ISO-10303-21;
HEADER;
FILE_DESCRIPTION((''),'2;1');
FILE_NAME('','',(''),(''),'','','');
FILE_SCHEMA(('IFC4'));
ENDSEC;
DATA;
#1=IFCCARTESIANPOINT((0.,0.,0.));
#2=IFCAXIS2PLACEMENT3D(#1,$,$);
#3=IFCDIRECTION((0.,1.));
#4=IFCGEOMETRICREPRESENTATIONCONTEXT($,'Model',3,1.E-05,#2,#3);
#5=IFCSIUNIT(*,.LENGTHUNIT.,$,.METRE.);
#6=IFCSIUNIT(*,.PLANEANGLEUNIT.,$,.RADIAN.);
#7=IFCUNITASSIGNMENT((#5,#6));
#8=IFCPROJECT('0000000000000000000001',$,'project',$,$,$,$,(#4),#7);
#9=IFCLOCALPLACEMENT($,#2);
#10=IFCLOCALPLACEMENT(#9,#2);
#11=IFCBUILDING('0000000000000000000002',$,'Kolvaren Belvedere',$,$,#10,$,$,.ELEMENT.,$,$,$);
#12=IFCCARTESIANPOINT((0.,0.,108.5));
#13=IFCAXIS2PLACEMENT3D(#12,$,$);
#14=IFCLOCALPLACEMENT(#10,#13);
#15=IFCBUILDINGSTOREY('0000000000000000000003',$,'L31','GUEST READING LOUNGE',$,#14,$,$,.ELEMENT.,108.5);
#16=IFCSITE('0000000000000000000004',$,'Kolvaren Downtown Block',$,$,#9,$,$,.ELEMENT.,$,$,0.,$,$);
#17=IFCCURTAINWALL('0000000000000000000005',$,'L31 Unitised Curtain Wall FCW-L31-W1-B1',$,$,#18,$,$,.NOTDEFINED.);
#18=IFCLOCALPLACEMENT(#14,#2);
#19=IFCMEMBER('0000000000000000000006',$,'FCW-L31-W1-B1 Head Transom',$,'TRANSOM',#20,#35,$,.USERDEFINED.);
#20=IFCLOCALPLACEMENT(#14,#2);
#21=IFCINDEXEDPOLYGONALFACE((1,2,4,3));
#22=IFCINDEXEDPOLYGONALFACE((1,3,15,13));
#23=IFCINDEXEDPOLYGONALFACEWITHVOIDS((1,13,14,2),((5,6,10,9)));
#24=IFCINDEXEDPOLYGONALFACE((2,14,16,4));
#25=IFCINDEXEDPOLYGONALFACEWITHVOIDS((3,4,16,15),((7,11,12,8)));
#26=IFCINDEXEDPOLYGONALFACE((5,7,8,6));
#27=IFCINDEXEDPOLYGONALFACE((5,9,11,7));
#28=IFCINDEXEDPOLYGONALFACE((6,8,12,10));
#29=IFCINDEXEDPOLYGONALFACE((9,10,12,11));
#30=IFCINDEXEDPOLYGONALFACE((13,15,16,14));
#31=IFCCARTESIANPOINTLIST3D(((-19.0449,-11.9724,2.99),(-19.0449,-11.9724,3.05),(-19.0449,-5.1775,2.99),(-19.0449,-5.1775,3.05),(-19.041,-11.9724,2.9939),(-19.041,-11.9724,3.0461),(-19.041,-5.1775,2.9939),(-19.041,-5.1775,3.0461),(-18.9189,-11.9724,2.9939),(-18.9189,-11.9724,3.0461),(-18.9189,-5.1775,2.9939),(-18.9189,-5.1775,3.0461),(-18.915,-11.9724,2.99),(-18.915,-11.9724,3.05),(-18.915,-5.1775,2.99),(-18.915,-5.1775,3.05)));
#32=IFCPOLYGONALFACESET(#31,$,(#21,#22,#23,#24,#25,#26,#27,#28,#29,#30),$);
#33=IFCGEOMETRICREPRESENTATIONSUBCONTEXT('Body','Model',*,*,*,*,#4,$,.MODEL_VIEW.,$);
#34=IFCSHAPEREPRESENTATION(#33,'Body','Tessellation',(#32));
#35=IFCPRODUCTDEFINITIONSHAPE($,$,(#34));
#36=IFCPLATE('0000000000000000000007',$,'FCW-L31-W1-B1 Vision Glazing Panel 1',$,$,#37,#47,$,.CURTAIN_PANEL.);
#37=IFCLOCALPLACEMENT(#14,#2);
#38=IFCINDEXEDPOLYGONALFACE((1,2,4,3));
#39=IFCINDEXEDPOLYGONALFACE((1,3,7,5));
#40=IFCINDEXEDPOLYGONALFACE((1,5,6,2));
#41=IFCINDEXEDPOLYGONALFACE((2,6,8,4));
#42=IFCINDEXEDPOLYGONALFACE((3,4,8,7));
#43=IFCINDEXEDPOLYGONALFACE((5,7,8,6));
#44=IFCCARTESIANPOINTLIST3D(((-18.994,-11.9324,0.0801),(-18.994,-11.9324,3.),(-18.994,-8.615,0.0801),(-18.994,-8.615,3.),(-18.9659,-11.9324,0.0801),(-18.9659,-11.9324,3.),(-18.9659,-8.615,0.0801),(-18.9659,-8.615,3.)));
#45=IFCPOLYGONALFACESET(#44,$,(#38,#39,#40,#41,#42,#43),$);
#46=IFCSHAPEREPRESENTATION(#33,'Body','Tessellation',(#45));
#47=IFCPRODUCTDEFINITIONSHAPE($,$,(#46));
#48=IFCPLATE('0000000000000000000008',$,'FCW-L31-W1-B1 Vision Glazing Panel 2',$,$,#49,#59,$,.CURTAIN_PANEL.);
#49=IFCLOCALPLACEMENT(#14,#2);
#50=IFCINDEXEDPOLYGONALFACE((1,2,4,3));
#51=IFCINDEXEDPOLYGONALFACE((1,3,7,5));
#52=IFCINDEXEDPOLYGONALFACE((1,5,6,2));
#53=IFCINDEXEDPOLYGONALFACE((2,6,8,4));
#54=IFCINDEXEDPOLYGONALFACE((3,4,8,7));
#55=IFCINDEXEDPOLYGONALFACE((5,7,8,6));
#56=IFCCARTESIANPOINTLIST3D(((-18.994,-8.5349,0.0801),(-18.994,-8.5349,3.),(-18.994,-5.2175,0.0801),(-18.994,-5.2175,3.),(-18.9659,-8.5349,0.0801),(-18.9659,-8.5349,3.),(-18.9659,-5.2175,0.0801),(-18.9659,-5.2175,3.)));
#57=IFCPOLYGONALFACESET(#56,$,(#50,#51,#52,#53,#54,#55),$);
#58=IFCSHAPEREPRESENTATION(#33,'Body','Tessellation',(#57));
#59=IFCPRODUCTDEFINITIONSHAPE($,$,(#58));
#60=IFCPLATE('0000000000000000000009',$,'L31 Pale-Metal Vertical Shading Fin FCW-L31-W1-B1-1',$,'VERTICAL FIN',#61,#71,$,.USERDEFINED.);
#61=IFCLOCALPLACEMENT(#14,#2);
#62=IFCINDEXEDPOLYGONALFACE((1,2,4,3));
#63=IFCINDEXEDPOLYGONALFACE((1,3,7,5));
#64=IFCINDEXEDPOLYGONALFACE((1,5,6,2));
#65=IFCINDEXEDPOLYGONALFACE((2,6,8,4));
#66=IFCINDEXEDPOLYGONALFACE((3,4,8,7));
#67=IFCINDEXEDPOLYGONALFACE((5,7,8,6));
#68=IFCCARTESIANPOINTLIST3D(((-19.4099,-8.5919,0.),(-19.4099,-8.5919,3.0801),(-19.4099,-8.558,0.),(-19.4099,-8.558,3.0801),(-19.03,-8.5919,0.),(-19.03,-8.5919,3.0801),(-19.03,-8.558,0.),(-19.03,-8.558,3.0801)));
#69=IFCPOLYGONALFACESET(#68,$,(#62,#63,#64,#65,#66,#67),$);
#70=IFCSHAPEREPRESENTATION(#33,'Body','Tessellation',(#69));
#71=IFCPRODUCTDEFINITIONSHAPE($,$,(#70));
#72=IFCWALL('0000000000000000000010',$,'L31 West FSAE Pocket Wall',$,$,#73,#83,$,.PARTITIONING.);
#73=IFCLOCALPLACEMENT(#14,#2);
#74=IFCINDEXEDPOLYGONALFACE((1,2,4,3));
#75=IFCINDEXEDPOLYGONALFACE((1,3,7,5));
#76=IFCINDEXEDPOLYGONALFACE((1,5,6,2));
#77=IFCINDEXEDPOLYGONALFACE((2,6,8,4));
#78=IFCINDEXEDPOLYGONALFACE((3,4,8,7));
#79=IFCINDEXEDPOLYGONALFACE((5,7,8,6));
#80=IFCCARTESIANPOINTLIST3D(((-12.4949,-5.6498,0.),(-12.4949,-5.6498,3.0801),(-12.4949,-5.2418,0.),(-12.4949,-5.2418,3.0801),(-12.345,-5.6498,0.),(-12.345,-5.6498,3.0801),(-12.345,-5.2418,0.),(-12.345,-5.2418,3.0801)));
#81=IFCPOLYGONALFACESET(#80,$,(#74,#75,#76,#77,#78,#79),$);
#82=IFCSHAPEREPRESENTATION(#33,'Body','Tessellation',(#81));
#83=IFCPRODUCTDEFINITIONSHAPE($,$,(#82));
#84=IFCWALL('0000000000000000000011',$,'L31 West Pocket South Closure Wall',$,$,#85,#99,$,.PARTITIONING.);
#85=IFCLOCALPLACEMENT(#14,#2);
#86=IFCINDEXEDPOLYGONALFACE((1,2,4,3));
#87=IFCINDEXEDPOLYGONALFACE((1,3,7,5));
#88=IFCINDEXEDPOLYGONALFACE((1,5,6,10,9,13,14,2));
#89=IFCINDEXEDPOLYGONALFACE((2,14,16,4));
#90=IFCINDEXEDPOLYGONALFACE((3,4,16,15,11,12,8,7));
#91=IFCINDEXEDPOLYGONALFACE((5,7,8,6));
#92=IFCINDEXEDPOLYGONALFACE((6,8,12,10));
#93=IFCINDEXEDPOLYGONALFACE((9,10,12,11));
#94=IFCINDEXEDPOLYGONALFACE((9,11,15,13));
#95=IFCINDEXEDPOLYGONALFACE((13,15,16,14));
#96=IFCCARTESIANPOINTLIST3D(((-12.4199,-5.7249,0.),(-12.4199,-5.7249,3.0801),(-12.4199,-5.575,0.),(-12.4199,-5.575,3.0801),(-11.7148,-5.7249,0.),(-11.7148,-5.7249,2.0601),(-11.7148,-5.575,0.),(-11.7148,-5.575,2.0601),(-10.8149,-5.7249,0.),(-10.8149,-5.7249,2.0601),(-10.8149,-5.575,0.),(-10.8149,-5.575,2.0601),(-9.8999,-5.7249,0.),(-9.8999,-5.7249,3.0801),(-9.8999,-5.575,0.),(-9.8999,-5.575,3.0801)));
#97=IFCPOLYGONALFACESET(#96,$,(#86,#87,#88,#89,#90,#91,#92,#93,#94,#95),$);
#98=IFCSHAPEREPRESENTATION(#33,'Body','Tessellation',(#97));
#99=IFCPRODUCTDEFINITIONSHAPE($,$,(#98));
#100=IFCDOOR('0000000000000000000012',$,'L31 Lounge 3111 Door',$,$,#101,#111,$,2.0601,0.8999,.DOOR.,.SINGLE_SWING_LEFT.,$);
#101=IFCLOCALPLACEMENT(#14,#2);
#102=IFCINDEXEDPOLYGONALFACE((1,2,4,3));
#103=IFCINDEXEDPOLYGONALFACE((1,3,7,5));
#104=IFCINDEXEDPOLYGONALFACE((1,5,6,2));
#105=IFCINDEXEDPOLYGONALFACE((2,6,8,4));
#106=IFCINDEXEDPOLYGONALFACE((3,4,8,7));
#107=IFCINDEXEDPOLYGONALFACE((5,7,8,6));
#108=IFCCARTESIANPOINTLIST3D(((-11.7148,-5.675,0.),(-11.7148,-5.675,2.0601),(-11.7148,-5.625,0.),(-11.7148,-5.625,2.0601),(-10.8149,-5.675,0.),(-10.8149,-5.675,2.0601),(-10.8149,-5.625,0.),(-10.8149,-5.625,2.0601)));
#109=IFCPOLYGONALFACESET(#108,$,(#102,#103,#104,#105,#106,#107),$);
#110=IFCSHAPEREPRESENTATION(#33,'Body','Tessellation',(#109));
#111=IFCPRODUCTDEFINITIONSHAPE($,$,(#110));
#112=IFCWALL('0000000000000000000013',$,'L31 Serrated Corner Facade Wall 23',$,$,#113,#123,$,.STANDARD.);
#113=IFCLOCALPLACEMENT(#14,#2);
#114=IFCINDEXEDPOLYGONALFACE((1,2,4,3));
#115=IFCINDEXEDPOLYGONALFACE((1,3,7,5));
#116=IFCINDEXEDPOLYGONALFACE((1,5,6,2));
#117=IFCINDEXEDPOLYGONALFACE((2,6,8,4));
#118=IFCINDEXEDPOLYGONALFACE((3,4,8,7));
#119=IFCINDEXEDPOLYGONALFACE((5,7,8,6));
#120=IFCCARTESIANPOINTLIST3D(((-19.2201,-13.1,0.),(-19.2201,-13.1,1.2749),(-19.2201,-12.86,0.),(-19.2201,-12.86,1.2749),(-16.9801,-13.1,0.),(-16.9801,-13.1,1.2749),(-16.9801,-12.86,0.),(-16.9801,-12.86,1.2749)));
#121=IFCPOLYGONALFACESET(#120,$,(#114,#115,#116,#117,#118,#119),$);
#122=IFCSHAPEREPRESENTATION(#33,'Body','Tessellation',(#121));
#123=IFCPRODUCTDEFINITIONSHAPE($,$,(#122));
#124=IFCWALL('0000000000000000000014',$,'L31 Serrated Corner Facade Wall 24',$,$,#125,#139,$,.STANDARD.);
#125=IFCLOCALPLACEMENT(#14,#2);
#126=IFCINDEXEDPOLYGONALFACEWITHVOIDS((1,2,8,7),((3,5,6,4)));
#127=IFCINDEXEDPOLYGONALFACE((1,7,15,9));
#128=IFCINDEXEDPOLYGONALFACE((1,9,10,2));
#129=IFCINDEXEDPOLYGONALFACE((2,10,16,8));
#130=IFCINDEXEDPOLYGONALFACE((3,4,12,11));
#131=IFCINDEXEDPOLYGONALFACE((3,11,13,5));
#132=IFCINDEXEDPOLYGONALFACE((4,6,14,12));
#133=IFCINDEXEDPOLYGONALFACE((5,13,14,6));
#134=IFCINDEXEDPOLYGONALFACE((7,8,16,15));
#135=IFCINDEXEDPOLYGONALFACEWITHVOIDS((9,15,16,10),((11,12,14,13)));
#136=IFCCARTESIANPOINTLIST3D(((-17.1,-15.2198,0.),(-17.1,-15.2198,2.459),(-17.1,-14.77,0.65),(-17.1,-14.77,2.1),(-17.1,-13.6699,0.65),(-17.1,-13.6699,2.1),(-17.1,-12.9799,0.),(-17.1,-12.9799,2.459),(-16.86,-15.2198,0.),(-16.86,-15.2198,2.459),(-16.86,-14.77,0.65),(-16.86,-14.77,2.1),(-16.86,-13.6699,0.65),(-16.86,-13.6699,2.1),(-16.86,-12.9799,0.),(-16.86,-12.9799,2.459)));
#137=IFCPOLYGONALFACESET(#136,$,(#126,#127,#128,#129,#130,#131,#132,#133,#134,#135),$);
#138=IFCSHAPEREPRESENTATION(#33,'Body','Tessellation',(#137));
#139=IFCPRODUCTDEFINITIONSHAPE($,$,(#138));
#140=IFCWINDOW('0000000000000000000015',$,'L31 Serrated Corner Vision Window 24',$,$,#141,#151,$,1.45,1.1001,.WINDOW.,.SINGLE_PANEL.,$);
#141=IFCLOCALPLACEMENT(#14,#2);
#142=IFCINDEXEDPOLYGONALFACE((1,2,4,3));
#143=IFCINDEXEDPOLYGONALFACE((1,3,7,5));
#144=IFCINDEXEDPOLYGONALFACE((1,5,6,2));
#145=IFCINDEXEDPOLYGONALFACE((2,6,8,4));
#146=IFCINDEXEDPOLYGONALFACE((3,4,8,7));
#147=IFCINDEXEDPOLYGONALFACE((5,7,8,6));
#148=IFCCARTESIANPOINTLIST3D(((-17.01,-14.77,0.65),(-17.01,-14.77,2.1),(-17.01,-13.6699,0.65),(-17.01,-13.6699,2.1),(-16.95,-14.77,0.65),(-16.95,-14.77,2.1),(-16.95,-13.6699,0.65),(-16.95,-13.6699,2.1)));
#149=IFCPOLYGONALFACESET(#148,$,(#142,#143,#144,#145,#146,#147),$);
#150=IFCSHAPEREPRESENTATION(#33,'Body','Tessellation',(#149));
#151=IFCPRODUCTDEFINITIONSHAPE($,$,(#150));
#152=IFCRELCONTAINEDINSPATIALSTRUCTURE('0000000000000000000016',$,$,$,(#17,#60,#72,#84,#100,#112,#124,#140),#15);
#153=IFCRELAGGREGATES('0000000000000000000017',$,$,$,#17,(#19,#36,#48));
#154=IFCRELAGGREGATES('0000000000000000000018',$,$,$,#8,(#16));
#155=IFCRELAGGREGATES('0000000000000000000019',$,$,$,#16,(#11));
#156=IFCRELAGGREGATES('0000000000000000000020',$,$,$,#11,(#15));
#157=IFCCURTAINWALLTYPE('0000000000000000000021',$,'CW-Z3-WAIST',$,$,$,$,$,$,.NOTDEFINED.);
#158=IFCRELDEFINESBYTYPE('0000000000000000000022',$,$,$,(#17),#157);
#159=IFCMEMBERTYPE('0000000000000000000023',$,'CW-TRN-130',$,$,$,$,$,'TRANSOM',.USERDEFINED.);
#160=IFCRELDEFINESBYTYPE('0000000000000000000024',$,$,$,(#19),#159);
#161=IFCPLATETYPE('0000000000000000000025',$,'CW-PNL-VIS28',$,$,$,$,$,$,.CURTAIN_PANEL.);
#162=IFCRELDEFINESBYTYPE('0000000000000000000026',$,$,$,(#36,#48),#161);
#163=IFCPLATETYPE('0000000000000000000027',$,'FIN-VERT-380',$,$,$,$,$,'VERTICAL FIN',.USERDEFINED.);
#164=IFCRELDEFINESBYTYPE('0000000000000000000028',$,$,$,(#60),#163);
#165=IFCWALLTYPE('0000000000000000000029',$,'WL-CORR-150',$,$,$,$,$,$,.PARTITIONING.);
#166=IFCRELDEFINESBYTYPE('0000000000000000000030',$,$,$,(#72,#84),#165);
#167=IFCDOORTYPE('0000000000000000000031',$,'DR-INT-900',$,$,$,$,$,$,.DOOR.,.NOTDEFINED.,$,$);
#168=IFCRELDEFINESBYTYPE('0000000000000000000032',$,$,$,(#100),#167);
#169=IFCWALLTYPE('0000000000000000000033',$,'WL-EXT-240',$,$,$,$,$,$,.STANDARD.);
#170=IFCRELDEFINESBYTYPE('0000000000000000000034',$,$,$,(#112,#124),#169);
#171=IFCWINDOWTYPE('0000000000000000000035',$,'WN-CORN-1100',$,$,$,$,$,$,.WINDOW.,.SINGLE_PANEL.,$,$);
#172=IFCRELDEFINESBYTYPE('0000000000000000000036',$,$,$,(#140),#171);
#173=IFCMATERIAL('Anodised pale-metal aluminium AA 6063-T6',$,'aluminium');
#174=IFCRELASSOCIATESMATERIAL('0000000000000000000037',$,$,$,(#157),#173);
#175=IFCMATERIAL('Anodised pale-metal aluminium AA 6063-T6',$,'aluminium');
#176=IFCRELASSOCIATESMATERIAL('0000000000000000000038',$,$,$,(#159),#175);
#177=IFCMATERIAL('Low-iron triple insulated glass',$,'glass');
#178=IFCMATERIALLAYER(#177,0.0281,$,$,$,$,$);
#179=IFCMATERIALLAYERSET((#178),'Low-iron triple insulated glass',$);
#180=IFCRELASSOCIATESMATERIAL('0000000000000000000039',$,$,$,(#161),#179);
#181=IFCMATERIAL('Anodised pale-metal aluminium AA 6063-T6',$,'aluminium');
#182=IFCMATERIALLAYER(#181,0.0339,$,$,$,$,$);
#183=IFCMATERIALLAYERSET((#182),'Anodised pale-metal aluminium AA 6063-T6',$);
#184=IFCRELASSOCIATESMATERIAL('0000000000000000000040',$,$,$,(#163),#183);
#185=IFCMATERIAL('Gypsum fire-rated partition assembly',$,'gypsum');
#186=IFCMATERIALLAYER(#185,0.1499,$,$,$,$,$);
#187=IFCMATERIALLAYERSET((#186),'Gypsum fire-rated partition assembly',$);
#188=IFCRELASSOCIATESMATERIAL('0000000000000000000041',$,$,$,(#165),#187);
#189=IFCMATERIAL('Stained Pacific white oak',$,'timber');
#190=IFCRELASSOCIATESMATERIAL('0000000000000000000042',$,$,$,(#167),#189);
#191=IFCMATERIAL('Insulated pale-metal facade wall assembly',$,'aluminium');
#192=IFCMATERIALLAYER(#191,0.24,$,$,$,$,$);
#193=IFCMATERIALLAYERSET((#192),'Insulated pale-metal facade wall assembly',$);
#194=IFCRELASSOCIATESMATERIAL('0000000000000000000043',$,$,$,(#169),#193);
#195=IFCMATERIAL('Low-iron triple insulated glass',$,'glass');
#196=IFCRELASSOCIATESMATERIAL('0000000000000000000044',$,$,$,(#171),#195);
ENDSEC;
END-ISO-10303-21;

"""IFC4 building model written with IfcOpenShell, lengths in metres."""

from ifc_helpers import new_model, si_unit, direction, frame, frame_2d, origin, origin_2d, place, context, subcontext, project, spatial, rectangle, hollow_rectangle, extrude, material, layer, layer_set, material_profile, profile_set, type_object, element, fill, aggregate, save


model = new_model("IFC4")

# Units and contexts
model_context = context("Model", 3, precision=1e-05, world=origin(), true_north=direction((0.0, 1.0)))
body_context = subcontext(model_context, "Body", "Model", "MODEL_VIEW")
ifc_project = project(units=[si_unit("LENGTHUNIT", "METRE"), si_unit("PLANEANGLEUNIT", "RADIAN")], contexts=[model_context])

# Site, building, storey
site_placement = place(None, origin())
site = spatial("IfcSite", under=ifc_project, at=site_placement, Name="Kolvaren Downtown Block", CompositionType="ELEMENT", RefElevation=0.0)
building_placement = place(site_placement, origin())
building = spatial("IfcBuilding", under=site, at=building_placement, Name="Kolvaren Belvedere", CompositionType="ELEMENT")
storey_placement = place(building_placement, frame((0.0, 0.0, 108.5)))
storey = spatial("IfcBuildingStorey", under=building, at=storey_placement, Name="L31", Description="GUEST READING LOUNGE", CompositionType="ELEMENT", Elevation=108.5)

# Shared definitions
ifc_material_1 = material(Name="Anodised pale-metal aluminium AA 6063-T6", Category="aluminium")
curtain_wall_type = type_object("IfcCurtainWallType", Name="CW-Z3-WAIST", PredefinedType="NOTDEFINED", material=ifc_material_1)

# Curtain wall, member, plates
curtain_wall_1_placement = place(storey_placement, origin())
curtain_wall_1 = element("IfcCurtainWall", 1, at=curtain_wall_1_placement, inside=storey, type_object=curtain_wall_type, Name="L31 Unitised Curtain Wall FCW-L31-W1-B1", PredefinedType="NOTDEFINED")
ifc_material_2 = material(Name="Anodised pale-metal aluminium AA 6063-T6", Category="aluminium")
ifc_material_profile_1 = material_profile(ifc_material_2, hollow_rectangle(XDim=0.0601, YDim=0.1299, WallThickness=0.0039, at=origin_2d()), Name="ALU-TRN-130X60")
ifc_profile_set_1 = profile_set([ifc_material_profile_1], Name="Anodised pale-metal aluminium AA 6063-T6")
member_type_1 = type_object("IfcMemberType", Name="CW-TRN-130", ElementType="TRANSOM", PredefinedType="USERDEFINED", material=ifc_profile_set_1)
member_1_placement = place(storey_placement, frame((-18.98, -11.9724, 3.02), z_axis=(0.0, 1.0, 0.0), x_axis=(0.0, 0.0, 1.0)))
member_1 = element("IfcMember", 2, at=member_1_placement, type_object=member_type_1, Name="FCW-L31-W1-B1 Head Transom", ObjectType="TRANSOM", PredefinedType="USERDEFINED", context=body_context, shape_type="SweptSolid", body=[
    extrude(hollow_rectangle(XDim=0.0601, YDim=0.1299, WallThickness=0.0039, at=origin_2d()), origin(), (0.0, 0.0, 1.0), 6.7949),
])
ifc_material_3 = material(Name="Low-iron triple insulated glass", Category="glass")
ifc_layer_1 = layer(ifc_material_3, 0.0281)
ifc_layer_set_1 = layer_set([ifc_layer_1], Name="Low-iron triple insulated glass")
plate_type_1 = type_object("IfcPlateType", Name="CW-PNL-VIS28", PredefinedType="CURTAIN_PANEL", material=ifc_layer_set_1)
plate_1_placement = place(storey_placement, frame((-18.98, -10.2737, 0.0801), z_axis=(0.0, 0.0, 1.0), x_axis=(0.0, 1.0, 0.0)))
plate_1 = element("IfcPlate", 3, at=plate_1_placement, type_object=plate_type_1, Name="FCW-L31-W1-B1 Vision Glazing Panel 1", PredefinedType="CURTAIN_PANEL", context=body_context, shape_type="SweptSolid", body=[
    extrude(rectangle(XDim=3.3174, YDim=0.0281, at=origin_2d()), origin(), (0.0, 0.0, 1.0), 2.9199),
])
plate_2_placement = place(storey_placement, frame((-18.98, -6.8762, 0.0801), z_axis=(0.0, 0.0, 1.0), x_axis=(0.0, 1.0, 0.0)))
plate_2 = element("IfcPlate", 4, at=plate_2_placement, type_object=plate_type_1, Name="FCW-L31-W1-B1 Vision Glazing Panel 2", PredefinedType="CURTAIN_PANEL", context=body_context, shape_type="SweptSolid", body=[
    extrude(rectangle(XDim=3.3174, YDim=0.0281, at=origin_2d()), origin(), (0.0, 0.0, 1.0), 2.9199),
])
aggregate(curtain_wall_1, [member_1, plate_1, plate_2])

# Plate
ifc_material_4 = material(Name="Anodised pale-metal aluminium AA 6063-T6", Category="aluminium")
ifc_layer_2 = layer(ifc_material_4, 0.0339)
ifc_layer_set_2 = layer_set([ifc_layer_2], Name="Anodised pale-metal aluminium AA 6063-T6")
plate_type_2 = type_object("IfcPlateType", Name="FIN-VERT-380", ElementType="VERTICAL FIN", PredefinedType="USERDEFINED", material=ifc_layer_set_2)
plate_3_placement = place(storey_placement, frame((-19.22, -8.575, 0.0), z_axis=(0.0, 0.0, 1.0), x_axis=(1.0, 0.0, 0.0)))
element("IfcPlate", 5, at=plate_3_placement, inside=storey, type_object=plate_type_2, Name="L31 Pale-Metal Vertical Shading Fin FCW-L31-W1-B1-1", ObjectType="VERTICAL FIN", PredefinedType="USERDEFINED", context=body_context, shape_type="SweptSolid", body=[
    extrude(rectangle(XDim=0.3799, YDim=0.0339, at=origin_2d()), origin(), (0.0, 0.0, 1.0), 3.0801),
])

# Wall
ifc_material_5 = material(Name="Gypsum fire-rated partition assembly", Category="gypsum")
ifc_layer_3 = layer(ifc_material_5, 0.1499)
ifc_layer_set_3 = layer_set([ifc_layer_3], Name="Gypsum fire-rated partition assembly")
wall_type_1 = type_object("IfcWallType", Name="WL-CORR-150", PredefinedType="PARTITIONING", material=ifc_layer_set_3)
wall_1_placement = place(storey_placement, frame((-12.4199, -5.6499, 0.0), z_axis=(0.0, 0.0, 1.0), x_axis=(0.0, 1.0, 0.0)))
element("IfcWall", 6, at=wall_1_placement, inside=storey, type_object=wall_type_1, Name="L31 West FSAE Pocket Wall", PredefinedType="PARTITIONING", context=body_context, shape_type="SweptSolid", body=[
    extrude(rectangle(XDim=0.408, YDim=0.1499, at=frame_2d((0.2041, 0.0))), origin(), (0.0, 0.0, 1.0), 3.0801),
])

# Wall, opening, door
wall_2_placement = place(storey_placement, frame((-12.4199, -5.6499, 0.0), z_axis=(0.0, 0.0, 1.0), x_axis=(1.0, 0.0, 0.0)))
wall_2 = element("IfcWall", 7, at=wall_2_placement, inside=storey, type_object=wall_type_1, Name="L31 West Pocket South Closure Wall", PredefinedType="PARTITIONING", context=body_context, shape_type="SweptSolid", body=[
    extrude(rectangle(XDim=2.52, YDim=0.1499, at=frame_2d((1.26, 0.0))), origin(), (0.0, 0.0, 1.0), 3.0801),
])
opening_1_placement = place(wall_2_placement, frame((0.7051, 0.0, 0.0)))
opening_1 = element("IfcOpeningElement", 8, at=opening_1_placement, cuts=wall_2, PredefinedType="OPENING", context=body_context, shape_type="SweptSolid", body=[
    extrude(rectangle(XDim=0.8999, YDim=2.0601, at=frame_2d((0.45, 1.03))), frame((0.0, 0.085, 0.0), z_axis=(0.0, -1.0, 0.0), x_axis=(1.0, 0.0, 0.0)), (0.0, 0.0, 1.0), 0.1699),
])
ifc_material_6 = material(Name="Stained Pacific white oak", Category="timber")
door_type = type_object("IfcDoorType", Name="DR-INT-900", OperationType="NOTDEFINED", PredefinedType="DOOR", material=ifc_material_6)
door_placement = place(opening_1_placement, origin())
door = element("IfcDoor", 9, at=door_placement, inside=storey, type_object=door_type, Name="L31 Lounge 3111 Door", OperationType="SINGLE_SWING_LEFT", OverallHeight=2.0601, OverallWidth=0.8999, PredefinedType="DOOR", context=body_context, shape_type="SweptSolid", body=[
    extrude(rectangle(XDim=0.8999, YDim=2.0601, at=frame_2d((0.45, 1.03))), frame((0.0, 0.0249, 0.0), z_axis=(0.0, -1.0, 0.0), x_axis=(1.0, 0.0, 0.0)), (0.0, 0.0, 1.0), 0.05),
])
fill(opening_1, door)

# Wall
ifc_material_7 = material(Name="Insulated pale-metal facade wall assembly", Category="aluminium")
ifc_layer_4 = layer(ifc_material_7, 0.24)
ifc_layer_set_4 = layer_set([ifc_layer_4], Name="Insulated pale-metal facade wall assembly")
wall_type_2 = type_object("IfcWallType", Name="WL-EXT-240", PredefinedType="STANDARD", material=ifc_layer_set_4)
wall_3_placement = place(storey_placement, frame((-16.98, -12.98, 0.0), z_axis=(0.0, 0.0, 1.0), x_axis=(-1.0, 0.0, 0.0)))
element("IfcWall", 10, at=wall_3_placement, inside=storey, type_object=wall_type_2, Name="L31 Serrated Corner Facade Wall 23", PredefinedType="STANDARD", context=body_context, shape_type="SweptSolid", body=[
    extrude(rectangle(XDim=2.24, YDim=0.24, at=frame_2d((1.1201, 0.0))), origin(), (0.0, 0.0, 1.0), 1.2749),
])

# Wall, opening, window
wall_4_placement = place(storey_placement, frame((-16.98, -15.22, 0.0), z_axis=(0.0, 0.0, 1.0), x_axis=(0.0, 1.0, 0.0)))
wall_4 = element("IfcWall", 11, at=wall_4_placement, inside=storey, type_object=wall_type_2, Name="L31 Serrated Corner Facade Wall 24", PredefinedType="STANDARD", context=body_context, shape_type="SweptSolid", body=[
    extrude(rectangle(XDim=2.24, YDim=0.24, at=frame_2d((1.1201, 0.0))), origin(), (0.0, 0.0, 1.0), 2.459),
])
opening_2_placement = place(wall_4_placement, frame((0.45, 0.0, 0.6499)))
opening_2 = element("IfcOpeningElement", 12, at=opening_2_placement, cuts=wall_4, PredefinedType="OPENING", context=body_context, shape_type="SweptSolid", body=[
    extrude(rectangle(XDim=1.1001, YDim=1.45, at=frame_2d((0.55, 0.7251))), frame((0.0, 0.1299, 0.0), z_axis=(0.0, -1.0, 0.0), x_axis=(1.0, 0.0, 0.0)), (0.0, 0.0, 1.0), 0.26),
])
ifc_material_8 = material(Name="Low-iron triple insulated glass", Category="glass")
window_type = type_object("IfcWindowType", Name="WN-CORN-1100", PartitioningType="SINGLE_PANEL", PredefinedType="WINDOW", material=ifc_material_8)
window_1_placement = place(opening_2_placement, origin())
window_1 = element("IfcWindow", 13, at=window_1_placement, inside=storey, type_object=window_type, Name="L31 Serrated Corner Vision Window 24", OverallHeight=1.45, OverallWidth=1.1001, PartitioningType="SINGLE_PANEL", PredefinedType="WINDOW", context=body_context, shape_type="SweptSolid", body=[
    extrude(rectangle(XDim=1.1001, YDim=1.45, at=frame_2d((0.55, 0.7251))), frame((0.0, 0.03, 0.0), z_axis=(0.0, -1.0, 0.0), x_axis=(1.0, 0.0, 0.0)), (0.0, 0.0, 1.0), 0.0601),
])
fill(opening_2, window_1)

save(model, "model.ifc")
